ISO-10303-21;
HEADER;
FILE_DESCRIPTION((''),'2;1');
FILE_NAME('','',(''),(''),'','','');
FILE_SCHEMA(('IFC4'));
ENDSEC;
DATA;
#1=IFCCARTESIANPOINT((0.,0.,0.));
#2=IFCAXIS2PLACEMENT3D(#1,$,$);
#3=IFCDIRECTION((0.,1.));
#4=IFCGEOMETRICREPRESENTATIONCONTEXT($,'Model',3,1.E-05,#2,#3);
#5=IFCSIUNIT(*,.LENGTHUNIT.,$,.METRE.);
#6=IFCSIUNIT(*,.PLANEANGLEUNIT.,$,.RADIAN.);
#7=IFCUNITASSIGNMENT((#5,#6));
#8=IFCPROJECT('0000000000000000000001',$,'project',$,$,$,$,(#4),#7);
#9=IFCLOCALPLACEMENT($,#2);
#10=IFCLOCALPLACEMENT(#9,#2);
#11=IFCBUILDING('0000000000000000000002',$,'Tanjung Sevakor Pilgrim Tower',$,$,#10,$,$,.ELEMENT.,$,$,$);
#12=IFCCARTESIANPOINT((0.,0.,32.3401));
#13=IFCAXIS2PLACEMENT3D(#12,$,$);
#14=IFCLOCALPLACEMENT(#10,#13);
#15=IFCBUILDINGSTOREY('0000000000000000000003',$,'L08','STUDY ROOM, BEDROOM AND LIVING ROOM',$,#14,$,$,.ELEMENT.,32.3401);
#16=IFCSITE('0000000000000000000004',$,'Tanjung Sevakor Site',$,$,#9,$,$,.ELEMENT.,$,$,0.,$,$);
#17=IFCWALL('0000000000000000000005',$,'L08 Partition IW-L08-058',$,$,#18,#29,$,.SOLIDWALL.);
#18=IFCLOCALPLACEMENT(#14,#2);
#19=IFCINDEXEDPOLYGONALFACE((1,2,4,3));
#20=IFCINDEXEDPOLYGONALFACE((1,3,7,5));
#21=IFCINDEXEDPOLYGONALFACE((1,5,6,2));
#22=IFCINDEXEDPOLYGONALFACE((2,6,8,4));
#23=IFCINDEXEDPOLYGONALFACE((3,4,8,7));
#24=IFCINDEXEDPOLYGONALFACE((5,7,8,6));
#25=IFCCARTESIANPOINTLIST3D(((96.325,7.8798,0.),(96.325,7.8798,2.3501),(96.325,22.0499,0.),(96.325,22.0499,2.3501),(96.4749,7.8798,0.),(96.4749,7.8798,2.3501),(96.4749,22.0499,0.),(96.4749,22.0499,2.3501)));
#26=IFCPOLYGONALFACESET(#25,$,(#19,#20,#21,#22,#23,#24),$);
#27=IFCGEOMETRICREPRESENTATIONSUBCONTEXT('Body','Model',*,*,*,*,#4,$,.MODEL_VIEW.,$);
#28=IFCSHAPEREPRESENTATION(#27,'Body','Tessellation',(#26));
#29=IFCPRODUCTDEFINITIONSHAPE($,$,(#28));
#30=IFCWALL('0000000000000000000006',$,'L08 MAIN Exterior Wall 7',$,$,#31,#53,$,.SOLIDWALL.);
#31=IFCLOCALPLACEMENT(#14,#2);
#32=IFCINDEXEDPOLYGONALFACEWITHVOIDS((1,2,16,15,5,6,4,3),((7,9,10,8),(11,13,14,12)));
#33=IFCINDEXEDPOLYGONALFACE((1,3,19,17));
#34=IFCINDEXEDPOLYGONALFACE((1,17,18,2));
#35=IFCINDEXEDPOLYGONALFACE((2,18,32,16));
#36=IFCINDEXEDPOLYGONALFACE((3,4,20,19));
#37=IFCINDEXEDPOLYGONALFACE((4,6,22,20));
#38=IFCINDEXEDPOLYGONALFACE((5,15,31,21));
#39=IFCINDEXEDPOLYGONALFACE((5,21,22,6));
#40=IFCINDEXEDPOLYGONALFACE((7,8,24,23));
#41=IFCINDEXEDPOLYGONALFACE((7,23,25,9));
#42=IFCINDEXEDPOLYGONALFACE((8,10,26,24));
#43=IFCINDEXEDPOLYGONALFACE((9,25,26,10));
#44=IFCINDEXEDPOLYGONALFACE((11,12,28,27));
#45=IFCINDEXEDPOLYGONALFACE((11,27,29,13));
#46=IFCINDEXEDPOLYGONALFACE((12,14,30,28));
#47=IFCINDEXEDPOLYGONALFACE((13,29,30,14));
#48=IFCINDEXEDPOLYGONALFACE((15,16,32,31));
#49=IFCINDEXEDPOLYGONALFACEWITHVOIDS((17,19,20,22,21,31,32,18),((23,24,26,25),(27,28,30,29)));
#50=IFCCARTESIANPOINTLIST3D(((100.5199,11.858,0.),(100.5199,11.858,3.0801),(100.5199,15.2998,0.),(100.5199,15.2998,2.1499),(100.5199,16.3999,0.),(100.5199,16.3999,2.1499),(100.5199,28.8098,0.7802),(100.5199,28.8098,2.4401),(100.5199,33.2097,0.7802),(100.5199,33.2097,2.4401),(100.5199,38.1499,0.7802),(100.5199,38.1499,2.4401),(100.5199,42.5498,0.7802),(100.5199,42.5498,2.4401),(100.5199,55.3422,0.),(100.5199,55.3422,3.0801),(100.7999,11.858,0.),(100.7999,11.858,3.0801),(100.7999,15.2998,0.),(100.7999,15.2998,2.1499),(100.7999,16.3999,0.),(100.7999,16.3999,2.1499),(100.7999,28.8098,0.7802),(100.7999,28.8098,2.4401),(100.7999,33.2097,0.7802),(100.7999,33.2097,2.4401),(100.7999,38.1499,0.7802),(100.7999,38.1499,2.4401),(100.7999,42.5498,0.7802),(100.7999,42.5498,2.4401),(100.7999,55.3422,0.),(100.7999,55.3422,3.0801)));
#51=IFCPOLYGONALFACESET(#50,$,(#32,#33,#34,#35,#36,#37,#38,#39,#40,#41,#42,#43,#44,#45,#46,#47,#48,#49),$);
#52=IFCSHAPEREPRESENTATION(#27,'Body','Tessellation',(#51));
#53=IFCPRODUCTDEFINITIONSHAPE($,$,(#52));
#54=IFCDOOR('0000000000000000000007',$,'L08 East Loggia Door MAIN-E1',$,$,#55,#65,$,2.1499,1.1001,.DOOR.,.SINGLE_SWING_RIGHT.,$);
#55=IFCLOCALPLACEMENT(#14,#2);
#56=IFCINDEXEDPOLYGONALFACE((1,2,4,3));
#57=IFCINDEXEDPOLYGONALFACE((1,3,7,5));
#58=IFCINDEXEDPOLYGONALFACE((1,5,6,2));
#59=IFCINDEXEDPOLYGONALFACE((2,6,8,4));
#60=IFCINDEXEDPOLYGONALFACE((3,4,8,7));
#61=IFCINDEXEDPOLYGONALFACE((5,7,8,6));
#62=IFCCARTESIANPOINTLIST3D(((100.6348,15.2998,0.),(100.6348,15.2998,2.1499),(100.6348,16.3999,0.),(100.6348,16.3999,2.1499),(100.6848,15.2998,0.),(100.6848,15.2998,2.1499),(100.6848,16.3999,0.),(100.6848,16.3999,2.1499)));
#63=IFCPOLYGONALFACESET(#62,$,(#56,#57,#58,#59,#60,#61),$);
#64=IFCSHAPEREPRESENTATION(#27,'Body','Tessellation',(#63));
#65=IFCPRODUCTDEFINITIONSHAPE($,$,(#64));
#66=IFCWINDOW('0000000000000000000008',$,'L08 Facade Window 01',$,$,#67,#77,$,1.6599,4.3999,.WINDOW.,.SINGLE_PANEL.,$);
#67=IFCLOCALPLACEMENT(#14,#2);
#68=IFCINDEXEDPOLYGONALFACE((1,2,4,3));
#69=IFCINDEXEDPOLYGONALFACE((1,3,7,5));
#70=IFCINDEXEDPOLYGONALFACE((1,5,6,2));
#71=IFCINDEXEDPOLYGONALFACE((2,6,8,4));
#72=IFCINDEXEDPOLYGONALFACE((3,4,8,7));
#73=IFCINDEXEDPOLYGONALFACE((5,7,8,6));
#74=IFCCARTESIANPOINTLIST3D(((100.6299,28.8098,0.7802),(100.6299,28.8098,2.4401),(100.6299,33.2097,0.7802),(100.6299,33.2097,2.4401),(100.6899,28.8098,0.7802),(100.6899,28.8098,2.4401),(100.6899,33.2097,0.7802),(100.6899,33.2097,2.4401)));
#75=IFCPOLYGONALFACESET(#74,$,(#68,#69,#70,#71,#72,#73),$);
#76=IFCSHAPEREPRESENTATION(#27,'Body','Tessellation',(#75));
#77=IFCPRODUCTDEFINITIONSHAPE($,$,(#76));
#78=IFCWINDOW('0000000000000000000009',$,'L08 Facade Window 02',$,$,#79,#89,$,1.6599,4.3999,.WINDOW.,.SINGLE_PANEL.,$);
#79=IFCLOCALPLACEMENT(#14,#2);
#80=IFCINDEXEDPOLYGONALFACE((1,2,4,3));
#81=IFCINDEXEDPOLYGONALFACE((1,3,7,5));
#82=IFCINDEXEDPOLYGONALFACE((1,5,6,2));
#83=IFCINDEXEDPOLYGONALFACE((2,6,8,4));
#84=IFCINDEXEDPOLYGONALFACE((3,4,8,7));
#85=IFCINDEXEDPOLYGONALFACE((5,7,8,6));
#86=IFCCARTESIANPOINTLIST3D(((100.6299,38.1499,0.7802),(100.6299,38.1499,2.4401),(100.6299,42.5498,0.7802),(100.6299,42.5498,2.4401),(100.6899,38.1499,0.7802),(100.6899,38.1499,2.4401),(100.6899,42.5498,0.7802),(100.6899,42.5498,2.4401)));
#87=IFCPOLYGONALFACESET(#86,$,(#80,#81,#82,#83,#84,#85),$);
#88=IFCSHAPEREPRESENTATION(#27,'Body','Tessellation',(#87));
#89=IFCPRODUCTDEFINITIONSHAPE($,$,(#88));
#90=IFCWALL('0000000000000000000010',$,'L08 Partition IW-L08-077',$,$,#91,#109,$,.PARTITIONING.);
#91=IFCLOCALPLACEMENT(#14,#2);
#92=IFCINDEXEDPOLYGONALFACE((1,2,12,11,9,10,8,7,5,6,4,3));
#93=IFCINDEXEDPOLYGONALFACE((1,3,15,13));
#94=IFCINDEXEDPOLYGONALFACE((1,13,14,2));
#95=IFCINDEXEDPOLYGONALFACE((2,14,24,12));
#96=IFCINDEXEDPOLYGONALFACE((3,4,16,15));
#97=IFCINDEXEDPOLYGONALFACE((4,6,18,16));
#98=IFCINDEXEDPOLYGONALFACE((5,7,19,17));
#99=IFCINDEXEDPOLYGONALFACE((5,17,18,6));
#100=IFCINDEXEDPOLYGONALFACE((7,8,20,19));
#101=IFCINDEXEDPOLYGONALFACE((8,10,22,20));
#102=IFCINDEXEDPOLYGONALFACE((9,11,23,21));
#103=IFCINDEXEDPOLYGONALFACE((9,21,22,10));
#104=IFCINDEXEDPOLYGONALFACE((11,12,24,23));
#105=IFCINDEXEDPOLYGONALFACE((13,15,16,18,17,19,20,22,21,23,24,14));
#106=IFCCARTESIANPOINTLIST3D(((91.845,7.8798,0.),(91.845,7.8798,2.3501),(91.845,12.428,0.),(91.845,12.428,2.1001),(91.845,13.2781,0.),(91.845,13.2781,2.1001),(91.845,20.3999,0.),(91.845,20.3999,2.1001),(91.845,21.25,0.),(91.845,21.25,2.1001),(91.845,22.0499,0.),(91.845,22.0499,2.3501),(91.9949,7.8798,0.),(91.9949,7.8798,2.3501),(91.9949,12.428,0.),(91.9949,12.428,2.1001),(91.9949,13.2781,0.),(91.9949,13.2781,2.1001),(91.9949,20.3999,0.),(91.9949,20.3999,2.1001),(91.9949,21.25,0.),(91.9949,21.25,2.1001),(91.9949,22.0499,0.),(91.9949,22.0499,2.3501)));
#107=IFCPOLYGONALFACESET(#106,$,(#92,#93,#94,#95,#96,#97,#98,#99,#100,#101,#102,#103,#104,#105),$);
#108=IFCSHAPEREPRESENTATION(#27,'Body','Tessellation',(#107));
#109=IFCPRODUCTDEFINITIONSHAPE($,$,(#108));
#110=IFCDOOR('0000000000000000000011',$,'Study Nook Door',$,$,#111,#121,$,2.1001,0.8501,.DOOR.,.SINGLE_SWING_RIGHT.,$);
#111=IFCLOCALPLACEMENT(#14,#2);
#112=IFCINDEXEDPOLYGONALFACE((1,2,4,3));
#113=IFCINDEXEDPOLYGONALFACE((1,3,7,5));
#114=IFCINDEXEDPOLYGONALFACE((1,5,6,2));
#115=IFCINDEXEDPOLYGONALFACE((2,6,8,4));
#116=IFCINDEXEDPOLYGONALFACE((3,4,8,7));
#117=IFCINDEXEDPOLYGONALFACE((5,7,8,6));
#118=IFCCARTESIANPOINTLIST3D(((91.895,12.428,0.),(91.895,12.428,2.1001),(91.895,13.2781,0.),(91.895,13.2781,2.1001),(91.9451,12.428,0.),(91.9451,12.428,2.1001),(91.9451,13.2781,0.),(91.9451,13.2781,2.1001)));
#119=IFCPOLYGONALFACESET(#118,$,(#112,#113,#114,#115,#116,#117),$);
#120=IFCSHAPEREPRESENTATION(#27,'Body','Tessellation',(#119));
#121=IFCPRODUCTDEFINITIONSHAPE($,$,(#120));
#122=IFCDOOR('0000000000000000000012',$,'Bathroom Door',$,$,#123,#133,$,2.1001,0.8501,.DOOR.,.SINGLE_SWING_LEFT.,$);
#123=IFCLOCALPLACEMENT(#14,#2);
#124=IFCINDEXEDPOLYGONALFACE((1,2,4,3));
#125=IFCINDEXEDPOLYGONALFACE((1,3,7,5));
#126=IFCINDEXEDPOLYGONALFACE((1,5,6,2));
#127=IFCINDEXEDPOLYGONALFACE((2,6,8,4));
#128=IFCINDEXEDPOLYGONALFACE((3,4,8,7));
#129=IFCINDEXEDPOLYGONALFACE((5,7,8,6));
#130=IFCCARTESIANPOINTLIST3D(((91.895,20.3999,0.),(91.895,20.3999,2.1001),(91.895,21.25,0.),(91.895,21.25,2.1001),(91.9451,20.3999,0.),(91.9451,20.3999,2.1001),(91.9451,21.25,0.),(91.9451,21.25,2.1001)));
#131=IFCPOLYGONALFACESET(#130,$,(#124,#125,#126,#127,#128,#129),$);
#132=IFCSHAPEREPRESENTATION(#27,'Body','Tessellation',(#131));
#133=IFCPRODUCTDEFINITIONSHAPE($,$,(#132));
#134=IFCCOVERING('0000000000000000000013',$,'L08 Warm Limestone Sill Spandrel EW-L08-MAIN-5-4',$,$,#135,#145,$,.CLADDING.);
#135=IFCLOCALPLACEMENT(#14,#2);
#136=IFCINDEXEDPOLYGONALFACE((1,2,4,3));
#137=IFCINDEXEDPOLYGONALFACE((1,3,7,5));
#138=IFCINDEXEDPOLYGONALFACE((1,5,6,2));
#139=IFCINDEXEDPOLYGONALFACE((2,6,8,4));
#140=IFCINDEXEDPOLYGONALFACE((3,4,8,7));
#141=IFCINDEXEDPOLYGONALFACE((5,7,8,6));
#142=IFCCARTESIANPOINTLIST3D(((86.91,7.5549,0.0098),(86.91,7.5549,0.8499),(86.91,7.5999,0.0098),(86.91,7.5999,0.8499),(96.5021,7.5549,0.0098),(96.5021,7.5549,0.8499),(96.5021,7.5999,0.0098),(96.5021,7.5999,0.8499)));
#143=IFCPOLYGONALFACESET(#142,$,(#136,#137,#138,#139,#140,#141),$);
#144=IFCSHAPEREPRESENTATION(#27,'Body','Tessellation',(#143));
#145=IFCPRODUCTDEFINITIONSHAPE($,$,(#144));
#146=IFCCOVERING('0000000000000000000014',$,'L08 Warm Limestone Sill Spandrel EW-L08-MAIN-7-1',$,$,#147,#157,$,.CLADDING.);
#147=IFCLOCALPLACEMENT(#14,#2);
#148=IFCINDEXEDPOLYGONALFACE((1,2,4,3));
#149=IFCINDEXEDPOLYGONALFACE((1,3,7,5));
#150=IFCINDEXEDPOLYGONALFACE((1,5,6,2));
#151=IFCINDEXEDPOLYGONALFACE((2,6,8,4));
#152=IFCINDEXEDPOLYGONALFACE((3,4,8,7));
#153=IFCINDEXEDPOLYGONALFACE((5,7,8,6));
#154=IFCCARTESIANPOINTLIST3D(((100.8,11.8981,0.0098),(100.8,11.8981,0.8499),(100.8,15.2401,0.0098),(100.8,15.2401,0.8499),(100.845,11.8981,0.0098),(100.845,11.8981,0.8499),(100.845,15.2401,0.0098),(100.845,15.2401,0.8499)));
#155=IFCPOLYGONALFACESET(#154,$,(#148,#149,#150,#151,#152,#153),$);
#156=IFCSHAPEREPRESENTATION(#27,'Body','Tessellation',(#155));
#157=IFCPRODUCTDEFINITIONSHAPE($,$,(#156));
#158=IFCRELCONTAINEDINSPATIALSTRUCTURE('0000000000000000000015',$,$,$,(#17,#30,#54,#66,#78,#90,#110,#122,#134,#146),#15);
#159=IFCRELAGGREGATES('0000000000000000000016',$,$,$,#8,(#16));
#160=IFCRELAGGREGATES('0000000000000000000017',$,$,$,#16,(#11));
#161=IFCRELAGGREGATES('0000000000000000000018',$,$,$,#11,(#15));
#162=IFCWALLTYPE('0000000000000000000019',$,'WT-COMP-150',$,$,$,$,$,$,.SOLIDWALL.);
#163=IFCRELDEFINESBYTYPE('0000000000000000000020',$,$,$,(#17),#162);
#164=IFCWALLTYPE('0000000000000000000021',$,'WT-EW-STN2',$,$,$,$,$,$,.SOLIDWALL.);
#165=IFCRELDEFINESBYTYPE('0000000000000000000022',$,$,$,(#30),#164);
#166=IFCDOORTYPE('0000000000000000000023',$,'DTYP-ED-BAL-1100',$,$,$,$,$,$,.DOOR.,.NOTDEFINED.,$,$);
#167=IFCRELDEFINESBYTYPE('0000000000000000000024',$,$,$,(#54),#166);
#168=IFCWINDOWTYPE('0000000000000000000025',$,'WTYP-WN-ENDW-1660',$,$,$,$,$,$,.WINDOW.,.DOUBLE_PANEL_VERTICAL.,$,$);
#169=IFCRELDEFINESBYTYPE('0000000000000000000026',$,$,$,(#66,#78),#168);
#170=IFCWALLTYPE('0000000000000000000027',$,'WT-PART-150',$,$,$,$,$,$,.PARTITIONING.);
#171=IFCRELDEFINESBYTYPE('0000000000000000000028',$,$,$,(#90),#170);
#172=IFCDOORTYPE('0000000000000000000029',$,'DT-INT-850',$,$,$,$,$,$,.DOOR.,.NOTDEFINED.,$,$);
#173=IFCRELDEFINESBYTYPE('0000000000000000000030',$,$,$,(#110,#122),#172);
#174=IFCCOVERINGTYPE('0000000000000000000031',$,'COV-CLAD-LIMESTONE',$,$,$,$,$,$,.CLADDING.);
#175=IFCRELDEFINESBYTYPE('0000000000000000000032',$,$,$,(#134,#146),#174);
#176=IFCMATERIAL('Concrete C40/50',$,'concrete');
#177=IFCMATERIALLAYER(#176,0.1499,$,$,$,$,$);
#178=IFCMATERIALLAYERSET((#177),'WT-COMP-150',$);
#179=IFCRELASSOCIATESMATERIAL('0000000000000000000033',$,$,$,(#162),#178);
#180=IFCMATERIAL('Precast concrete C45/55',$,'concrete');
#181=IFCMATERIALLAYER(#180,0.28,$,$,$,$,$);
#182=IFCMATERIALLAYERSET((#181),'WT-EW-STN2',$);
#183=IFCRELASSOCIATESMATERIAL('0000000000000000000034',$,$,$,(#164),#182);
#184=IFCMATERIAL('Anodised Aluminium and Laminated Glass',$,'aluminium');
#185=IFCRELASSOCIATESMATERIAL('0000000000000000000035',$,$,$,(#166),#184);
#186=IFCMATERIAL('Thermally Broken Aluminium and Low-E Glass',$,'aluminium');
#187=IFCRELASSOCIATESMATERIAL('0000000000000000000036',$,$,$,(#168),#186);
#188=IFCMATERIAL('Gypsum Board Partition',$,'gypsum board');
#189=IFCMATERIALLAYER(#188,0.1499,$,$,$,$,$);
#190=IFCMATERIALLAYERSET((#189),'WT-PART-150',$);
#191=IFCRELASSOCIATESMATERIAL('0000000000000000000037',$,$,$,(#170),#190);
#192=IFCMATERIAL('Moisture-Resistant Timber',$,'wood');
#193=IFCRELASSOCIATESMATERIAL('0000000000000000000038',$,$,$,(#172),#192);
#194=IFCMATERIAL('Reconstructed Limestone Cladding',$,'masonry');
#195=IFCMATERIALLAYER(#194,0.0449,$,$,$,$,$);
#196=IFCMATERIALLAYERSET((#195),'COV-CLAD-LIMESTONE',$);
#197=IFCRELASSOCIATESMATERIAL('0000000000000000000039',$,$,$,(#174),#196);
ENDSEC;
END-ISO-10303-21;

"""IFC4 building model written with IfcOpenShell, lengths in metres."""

from ifc_helpers import new_model, si_unit, direction, frame, frame_2d, origin, origin_2d, place, context, subcontext, project, spatial, rectangle, extrude, material, layer, layer_set, type_object, element, fill, save


model = new_model("IFC4")

# Units and contexts
model_context = context("Model", 3, precision=1e-05, world=origin(), true_north=direction((0.0, 1.0)))
body_context = subcontext(model_context, "Body", "Model", "MODEL_VIEW")
ifc_project = project(units=[si_unit("LENGTHUNIT", "METRE"), si_unit("PLANEANGLEUNIT", "RADIAN")], contexts=[model_context])

# Site, building, storey
site_placement = place(None, origin())
site = spatial("IfcSite", under=ifc_project, at=site_placement, Name="Tanjung Sevakor Site", CompositionType="ELEMENT", RefElevation=0.0)
building_placement = place(site_placement, origin())
building = spatial("IfcBuilding", under=site, at=building_placement, Name="Tanjung Sevakor Pilgrim Tower", CompositionType="ELEMENT")
storey_placement = place(building_placement, frame((0.0, 0.0, 32.3401)))
storey = spatial("IfcBuildingStorey", under=building, at=storey_placement, Name="L08", Description="STUDY ROOM, BEDROOM AND LIVING ROOM", CompositionType="ELEMENT", Elevation=32.3401)

# Wall
ifc_material_1 = material(Name="Concrete C40/50", Category="concrete")
ifc_layer_1 = layer(ifc_material_1, 0.1499)
ifc_layer_set_1 = layer_set([ifc_layer_1], Name="WT-COMP-150")
wall_type_1 = type_object("IfcWallType", Name="WT-COMP-150", PredefinedType="SOLIDWALL", material=ifc_layer_set_1)
wall_1_placement = place(storey_placement, frame((96.3999, 7.8799, 0.0), z_axis=(0.0, 0.0, 1.0), x_axis=(0.0, 1.0, 0.0)))
element("IfcWall", 1, at=wall_1_placement, inside=storey, type_object=wall_type_1, Name="L08 Partition IW-L08-058", PredefinedType="SOLIDWALL", context=body_context, shape_type="SweptSolid", body=[
    extrude(rectangle(XDim=14.1702, YDim=0.1499, at=frame_2d((7.085, 0.0))), origin(), (0.0, 0.0, 1.0), 2.3501),
])

# Wall, openings, door, windows
ifc_material_2 = material(Name="Precast concrete C45/55", Category="concrete")
ifc_layer_2 = layer(ifc_material_2, 0.28)
ifc_layer_set_2 = layer_set([ifc_layer_2], Name="WT-EW-STN2")
wall_type_2 = type_object("IfcWallType", Name="WT-EW-STN2", PredefinedType="SOLIDWALL", material=ifc_layer_set_2)
wall_2_placement = place(storey_placement, frame((100.6599, 11.8579, 0.0), z_axis=(0.0, 0.0, 1.0), x_axis=(0.0, 1.0, 0.0)))
wall_2 = element("IfcWall", 2, at=wall_2_placement, inside=storey, type_object=wall_type_2, Name="L08 MAIN Exterior Wall 7", PredefinedType="SOLIDWALL", context=body_context, shape_type="SweptSolid", body=[
    extrude(rectangle(XDim=43.4841, YDim=0.28, at=frame_2d((21.7422, 0.0))), origin(), (0.0, 0.0, 1.0), 3.0801),
])
opening_1_placement = place(wall_2_placement, frame((3.4419, 0.0, 0.0)))
opening_1 = element("IfcOpeningElement", 3, at=opening_1_placement, cuts=wall_2, PredefinedType="OPENING", context=body_context, shape_type="SweptSolid", body=[
    extrude(rectangle(XDim=1.1001, YDim=2.1499, at=frame_2d((0.55, 1.075))), frame((0.0, 0.1499, 0.0), z_axis=(0.0, -1.0, 0.0), x_axis=(1.0, 0.0, 0.0)), (0.0, 0.0, 1.0), 0.3),
])
opening_2_placement = place(wall_2_placement, frame((16.9519, 0.0, 0.78)))
opening_2 = element("IfcOpeningElement", 4, at=opening_2_placement, cuts=wall_2, PredefinedType="OPENING", context=body_context, shape_type="SweptSolid", body=[
    extrude(rectangle(XDim=4.3999, YDim=1.6599, at=frame_2d((2.2, 0.8301))), frame((0.0, 0.1499, 0.0), z_axis=(0.0, -1.0, 0.0), x_axis=(1.0, 0.0, 0.0)), (0.0, 0.0, 1.0), 0.3),
])
opening_3_placement = place(wall_2_placement, frame((26.292, 0.0, 0.78)))
opening_3 = element("IfcOpeningElement", 5, at=opening_3_placement, cuts=wall_2, PredefinedType="OPENING", context=body_context, shape_type="SweptSolid", body=[
    extrude(rectangle(XDim=4.3999, YDim=1.6599, at=frame_2d((2.2, 0.8301))), frame((0.0, 0.1499, 0.0), z_axis=(0.0, -1.0, 0.0), x_axis=(1.0, 0.0, 0.0)), (0.0, 0.0, 1.0), 0.3),
])
ifc_material_3 = material(Name="Anodised Aluminium and Laminated Glass", Category="aluminium")
door_type_1 = type_object("IfcDoorType", Name="DTYP-ED-BAL-1100", OperationType="NOTDEFINED", PredefinedType="DOOR", material=ifc_material_3)
door_1_placement = place(opening_1_placement, frame((1.1001, 0.0, 0.0), z_axis=(0.0, 0.0, 1.0), x_axis=(-1.0, 0.0, 0.0)))
door_1 = element("IfcDoor", 6, at=door_1_placement, inside=storey, type_object=door_type_1, Name="L08 East Loggia Door MAIN-E1", OperationType="SINGLE_SWING_RIGHT", OverallHeight=2.1499, OverallWidth=1.1001, PredefinedType="DOOR", context=body_context, shape_type="SweptSolid", body=[
    extrude(rectangle(XDim=1.1001, YDim=2.1499, at=frame_2d((0.55, 1.075))), frame((0.0, 0.0249, 0.0), z_axis=(0.0, -1.0, 0.0), x_axis=(1.0, 0.0, 0.0)), (0.0, 0.0, 1.0), 0.05),
])
fill(opening_1, door_1)
ifc_material_4 = material(Name="Thermally Broken Aluminium and Low-E Glass", Category="aluminium")
window_type = type_object("IfcWindowType", Name="WTYP-WN-ENDW-1660", PartitioningType="DOUBLE_PANEL_VERTICAL", PredefinedType="WINDOW", material=ifc_material_4)
window_1_placement = place(opening_2_placement, origin())
window_1 = element("IfcWindow", 7, at=window_1_placement, inside=storey, type_object=window_type, Name="L08 Facade Window 01", OverallHeight=1.6599, OverallWidth=4.3999, PartitioningType="SINGLE_PANEL", PredefinedType="WINDOW", context=body_context, shape_type="SweptSolid", body=[
    extrude(rectangle(XDim=4.3999, YDim=1.6599, at=frame_2d((2.2, 0.8301))), frame((0.0, 0.03, 0.0), z_axis=(0.0, -1.0, 0.0), x_axis=(1.0, 0.0, 0.0)), (0.0, 0.0, 1.0), 0.0601),
])
fill(opening_2, window_1)
window_2_placement = place(opening_3_placement, origin())
window_2 = element("IfcWindow", 8, at=window_2_placement, inside=storey, type_object=window_type, Name="L08 Facade Window 02", OverallHeight=1.6599, OverallWidth=4.3999, PartitioningType="SINGLE_PANEL", PredefinedType="WINDOW", context=body_context, shape_type="SweptSolid", body=[
    extrude(rectangle(XDim=4.3999, YDim=1.6599, at=frame_2d((2.2, 0.8301))), frame((0.0, 0.03, 0.0), z_axis=(0.0, -1.0, 0.0), x_axis=(1.0, 0.0, 0.0)), (0.0, 0.0, 1.0), 0.0601),
])
fill(opening_3, window_2)

# Wall, openings, doors
ifc_material_5 = material(Name="Gypsum Board Partition", Category="gypsum board")
ifc_layer_3 = layer(ifc_material_5, 0.1499)
ifc_layer_set_3 = layer_set([ifc_layer_3], Name="WT-PART-150")
wall_type_3 = type_object("IfcWallType", Name="WT-PART-150", PredefinedType="PARTITIONING", material=ifc_layer_set_3)
wall_3_placement = place(storey_placement, frame((91.9199, 7.8799, 0.0), z_axis=(0.0, 0.0, 1.0), x_axis=(0.0, 1.0, 0.0)))
wall_3 = element("IfcWall", 9, at=wall_3_placement, inside=storey, type_object=wall_type_3, Name="L08 Partition IW-L08-077", PredefinedType="PARTITIONING", context=body_context, shape_type="SweptSolid", body=[
    extrude(rectangle(XDim=14.1702, YDim=0.1499, at=frame_2d((7.085, 0.0))), origin(), (0.0, 0.0, 1.0), 2.3501),
])
opening_4_placement = place(wall_3_placement, frame((4.5481, 0.0, 0.0)))
opening_4 = element("IfcOpeningElement", 10, at=opening_4_placement, cuts=wall_3, PredefinedType="OPENING", context=body_context, shape_type="SweptSolid", body=[
    extrude(rectangle(XDim=0.8501, YDim=2.1001, at=frame_2d((0.425, 1.05))), frame((0.0, 0.085, 0.0), z_axis=(0.0, -1.0, 0.0), x_axis=(1.0, 0.0, 0.0)), (0.0, 0.0, 1.0), 0.1699),
])
opening_5_placement = place(wall_3_placement, frame((12.52, 0.0, 0.0)))
opening_5 = element("IfcOpeningElement", 11, at=opening_5_placement, cuts=wall_3, PredefinedType="OPENING", context=body_context, shape_type="SweptSolid", body=[
    extrude(rectangle(XDim=0.8501, YDim=2.1001, at=frame_2d((0.425, 1.05))), frame((0.0, 0.085, 0.0), z_axis=(0.0, -1.0, 0.0), x_axis=(1.0, 0.0, 0.0)), (0.0, 0.0, 1.0), 0.1699),
])
ifc_material_6 = material(Name="Moisture-Resistant Timber", Category="wood")
door_type_2 = type_object("IfcDoorType", Name="DT-INT-850", OperationType="NOTDEFINED", PredefinedType="DOOR", material=ifc_material_6)
door_2_placement = place(opening_4_placement, origin())
door_2 = element("IfcDoor", 12, at=door_2_placement, inside=storey, type_object=door_type_2, Name="Study Nook Door", OperationType="SINGLE_SWING_RIGHT", OverallHeight=2.1001, OverallWidth=0.8501, PredefinedType="DOOR", context=body_context, shape_type="SweptSolid", body=[
    extrude(rectangle(XDim=0.8501, YDim=2.1001, at=frame_2d((0.425, 1.05))), frame((0.0, 0.0249, 0.0), z_axis=(0.0, -1.0, 0.0), x_axis=(1.0, 0.0, 0.0)), (0.0, 0.0, 1.0), 0.05),
])
fill(opening_4, door_2)
door_3_placement = place(opening_5_placement, origin())
door_3 = element("IfcDoor", 13, at=door_3_placement, inside=storey, type_object=door_type_2, Name="Bathroom Door", OperationType="SINGLE_SWING_LEFT", OverallHeight=2.1001, OverallWidth=0.8501, PredefinedType="DOOR", context=body_context, shape_type="SweptSolid", body=[
    extrude(rectangle(XDim=0.8501, YDim=2.1001, at=frame_2d((0.425, 1.05))), frame((0.0, 0.0249, 0.0), z_axis=(0.0, -1.0, 0.0), x_axis=(1.0, 0.0, 0.0)), (0.0, 0.0, 1.0), 0.05),
])
fill(opening_5, door_3)

# Coverings
ifc_material_7 = material(Name="Reconstructed Limestone Cladding", Category="masonry")
ifc_layer_4 = layer(ifc_material_7, 0.0449)
ifc_layer_set_4 = layer_set([ifc_layer_4], Name="COV-CLAD-LIMESTONE")
covering_type = type_object("IfcCoveringType", Name="COV-CLAD-LIMESTONE", PredefinedType="CLADDING", material=ifc_layer_set_4)
covering_1_placement = place(storey_placement, frame((91.7061, 7.5774, 0.0098), z_axis=(0.0, 0.0, 1.0), x_axis=(1.0, 0.0, 0.0)))
element("IfcCovering", 14, at=covering_1_placement, inside=storey, type_object=covering_type, Name="L08 Warm Limestone Sill Spandrel EW-L08-MAIN-5-4", PredefinedType="CLADDING", context=body_context, shape_type="SweptSolid", body=[
    extrude(rectangle(XDim=9.592, YDim=0.0449, at=origin_2d()), origin(), (0.0, 0.0, 1.0), 0.8401),
])
covering_2_placement = place(storey_placement, frame((100.8225, 13.5691, 0.0098), z_axis=(0.0, 0.0, 1.0), x_axis=(0.0, 1.0, 0.0)))
element("IfcCovering", 15, at=covering_2_placement, inside=storey, type_object=covering_type, Name="L08 Warm Limestone Sill Spandrel EW-L08-MAIN-7-1", PredefinedType="CLADDING", context=body_context, shape_type="SweptSolid", body=[
    extrude(rectangle(XDim=3.342, YDim=0.0449, at=origin_2d()), origin(), (0.0, 0.0, 1.0), 0.8401),
])

save(model, "model.ifc")
